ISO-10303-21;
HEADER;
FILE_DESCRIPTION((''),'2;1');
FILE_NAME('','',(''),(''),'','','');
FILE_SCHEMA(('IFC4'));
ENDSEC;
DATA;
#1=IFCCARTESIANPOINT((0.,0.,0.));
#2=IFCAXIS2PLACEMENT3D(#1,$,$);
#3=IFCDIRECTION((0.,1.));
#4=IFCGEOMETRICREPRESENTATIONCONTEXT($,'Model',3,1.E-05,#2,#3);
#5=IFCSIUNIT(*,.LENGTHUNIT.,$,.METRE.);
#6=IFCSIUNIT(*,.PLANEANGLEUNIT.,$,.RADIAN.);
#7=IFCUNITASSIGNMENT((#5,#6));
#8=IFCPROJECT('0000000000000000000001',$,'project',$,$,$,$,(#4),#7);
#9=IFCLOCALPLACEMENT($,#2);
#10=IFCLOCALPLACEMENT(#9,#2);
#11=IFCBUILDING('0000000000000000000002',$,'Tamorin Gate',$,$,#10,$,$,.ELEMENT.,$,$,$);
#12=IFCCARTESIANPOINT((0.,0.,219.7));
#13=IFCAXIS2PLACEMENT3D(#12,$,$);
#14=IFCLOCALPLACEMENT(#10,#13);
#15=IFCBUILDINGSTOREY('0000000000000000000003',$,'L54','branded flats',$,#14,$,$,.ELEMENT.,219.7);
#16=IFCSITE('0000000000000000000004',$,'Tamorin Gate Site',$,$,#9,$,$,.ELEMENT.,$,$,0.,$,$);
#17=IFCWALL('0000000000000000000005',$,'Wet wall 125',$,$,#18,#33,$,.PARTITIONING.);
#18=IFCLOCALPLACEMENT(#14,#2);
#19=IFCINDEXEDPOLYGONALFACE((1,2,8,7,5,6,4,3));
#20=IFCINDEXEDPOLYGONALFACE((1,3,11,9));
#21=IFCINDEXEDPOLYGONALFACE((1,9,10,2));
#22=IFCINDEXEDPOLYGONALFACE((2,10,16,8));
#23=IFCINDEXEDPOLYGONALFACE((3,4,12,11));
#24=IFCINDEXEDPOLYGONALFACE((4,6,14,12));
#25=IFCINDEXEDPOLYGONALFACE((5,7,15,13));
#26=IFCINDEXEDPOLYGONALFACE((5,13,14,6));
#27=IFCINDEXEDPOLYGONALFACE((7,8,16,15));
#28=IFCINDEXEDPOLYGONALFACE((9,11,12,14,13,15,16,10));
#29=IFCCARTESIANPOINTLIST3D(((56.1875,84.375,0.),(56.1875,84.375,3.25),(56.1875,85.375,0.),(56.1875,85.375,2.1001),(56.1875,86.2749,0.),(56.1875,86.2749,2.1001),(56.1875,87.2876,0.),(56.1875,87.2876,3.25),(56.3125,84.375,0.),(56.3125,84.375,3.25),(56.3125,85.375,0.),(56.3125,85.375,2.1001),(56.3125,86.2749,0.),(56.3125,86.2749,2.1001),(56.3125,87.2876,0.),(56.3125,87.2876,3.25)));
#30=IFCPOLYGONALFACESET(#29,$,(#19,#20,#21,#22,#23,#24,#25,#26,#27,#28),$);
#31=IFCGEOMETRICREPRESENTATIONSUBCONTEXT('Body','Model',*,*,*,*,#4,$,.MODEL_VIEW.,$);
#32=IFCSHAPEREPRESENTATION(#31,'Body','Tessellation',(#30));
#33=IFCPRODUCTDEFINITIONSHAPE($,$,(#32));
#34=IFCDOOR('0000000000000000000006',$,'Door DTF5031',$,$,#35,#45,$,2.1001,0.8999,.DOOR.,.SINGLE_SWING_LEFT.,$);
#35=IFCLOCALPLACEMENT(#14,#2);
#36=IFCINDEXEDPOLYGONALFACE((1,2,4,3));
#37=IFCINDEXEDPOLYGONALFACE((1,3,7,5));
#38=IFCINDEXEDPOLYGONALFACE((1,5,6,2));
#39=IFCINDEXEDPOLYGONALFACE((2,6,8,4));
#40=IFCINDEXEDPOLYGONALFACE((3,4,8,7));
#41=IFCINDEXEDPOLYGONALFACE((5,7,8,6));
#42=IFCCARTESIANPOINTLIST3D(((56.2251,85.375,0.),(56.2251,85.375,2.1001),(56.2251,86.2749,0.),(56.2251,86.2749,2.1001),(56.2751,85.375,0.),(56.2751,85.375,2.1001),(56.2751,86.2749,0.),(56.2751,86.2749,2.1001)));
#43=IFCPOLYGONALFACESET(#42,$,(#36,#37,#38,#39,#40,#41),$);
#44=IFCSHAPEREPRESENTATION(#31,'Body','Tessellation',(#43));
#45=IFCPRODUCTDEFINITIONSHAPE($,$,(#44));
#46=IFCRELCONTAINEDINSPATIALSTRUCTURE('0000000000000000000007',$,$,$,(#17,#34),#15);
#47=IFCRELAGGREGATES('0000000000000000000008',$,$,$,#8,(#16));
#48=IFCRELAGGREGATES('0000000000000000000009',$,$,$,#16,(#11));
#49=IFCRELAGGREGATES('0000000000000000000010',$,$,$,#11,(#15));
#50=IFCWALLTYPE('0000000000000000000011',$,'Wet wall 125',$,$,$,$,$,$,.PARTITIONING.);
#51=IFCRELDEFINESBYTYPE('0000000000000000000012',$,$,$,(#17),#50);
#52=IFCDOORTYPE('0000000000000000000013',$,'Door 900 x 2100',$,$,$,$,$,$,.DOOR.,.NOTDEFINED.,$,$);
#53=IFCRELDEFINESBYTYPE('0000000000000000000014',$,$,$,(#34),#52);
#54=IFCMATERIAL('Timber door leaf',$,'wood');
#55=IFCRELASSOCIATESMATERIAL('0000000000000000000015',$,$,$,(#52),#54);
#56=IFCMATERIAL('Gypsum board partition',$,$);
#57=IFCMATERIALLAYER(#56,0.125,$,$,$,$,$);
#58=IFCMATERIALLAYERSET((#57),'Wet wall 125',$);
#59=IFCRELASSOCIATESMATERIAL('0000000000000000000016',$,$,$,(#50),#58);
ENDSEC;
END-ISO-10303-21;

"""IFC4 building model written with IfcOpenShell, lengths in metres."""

from ifc_helpers import new_model, si_unit, direction, frame, frame_2d, origin, place, context, subcontext, project, spatial, rectangle, extrude, material, layer, layer_set, type_object, element, fill, save


model = new_model("IFC4")

# Units and contexts
model_context = context("Model", 3, precision=1e-05, world=origin(), true_north=direction((0.0, 1.0)))
body_context = subcontext(model_context, "Body", "Model", "MODEL_VIEW")
ifc_project = project(units=[si_unit("LENGTHUNIT", "METRE"), si_unit("PLANEANGLEUNIT", "RADIAN")], contexts=[model_context])

# Site, building, storey
site_placement = place(None, origin())
site = spatial("IfcSite", under=ifc_project, at=site_placement, Name="Tamorin Gate Site", CompositionType="ELEMENT", RefElevation=0.0)
building_placement = place(site_placement, origin())
building = spatial("IfcBuilding", under=site, at=building_placement, Name="Tamorin Gate", CompositionType="ELEMENT")
storey_placement = place(building_placement, frame((0.0, 0.0, 219.7)))
storey = spatial("IfcBuildingStorey", under=building, at=storey_placement, Name="L54", Description="branded flats", CompositionType="ELEMENT", Elevation=219.7)

# Shared definitions
ifc_material_1 = material(Name="Gypsum board partition")

# Shared definitions
ifc_material_2 = material(Name="Timber door leaf", Category="wood")
door_type_1 = type_object("IfcDoorType", Name="Door 900 x 2100", OperationType="NOTDEFINED", PredefinedType="DOOR", material=ifc_material_2)

# Shared definitions
ifc_layer_1 = layer(ifc_material_1, 0.125)
ifc_layer_set_1 = layer_set([ifc_layer_1], Name="Wet wall 125")
wall_type_1 = type_object("IfcWallType", Name="Wet wall 125", PredefinedType="PARTITIONING", material=ifc_layer_set_1)

# Wall, opening, door
wall_1_placement = place(storey_placement, frame((56.25, 84.375, 0.0), z_axis=(0.0, 0.0, 1.0), x_axis=(0.0, 1.0, 0.0)))
wall_1 = element("IfcWall", 1, at=wall_1_placement, inside=storey, type_object=wall_type_1, Name="Wet wall 125", PredefinedType="PARTITIONING", context=body_context, shape_type="SweptSolid", body=[
    extrude(rectangle(XDim=2.9126, YDim=0.125, at=frame_2d((1.4563, 0.0))), origin(), (0.0, 0.0, 1.0), 3.25),
])
opening_1_placement = place(wall_1_placement, frame((1.0, 0.0, 0.0)))
opening_1 = element("IfcOpeningElement", 2, at=opening_1_placement, cuts=wall_1, PredefinedType="OPENING", context=body_context, shape_type="SweptSolid", body=[
    extrude(rectangle(XDim=0.8999, YDim=2.1001, at=frame_2d((0.45, 1.05))), frame((0.0, 0.0725, 0.0), z_axis=(0.0, -1.0, 0.0), x_axis=(1.0, 0.0, 0.0)), (0.0, 0.0, 1.0), 0.145),
])
door_1_placement = place(opening_1_placement, origin())
door_1 = element("IfcDoor", 3, at=door_1_placement, inside=storey, type_object=door_type_1, Name="Door DTF5031", OperationType="SINGLE_SWING_LEFT", OverallHeight=2.1001, OverallWidth=0.8999, PredefinedType="DOOR", context=body_context, shape_type="SweptSolid", body=[
    extrude(rectangle(XDim=0.8999, YDim=2.1001, at=frame_2d((0.45, 1.05))), frame((0.0, 0.0249, 0.0), z_axis=(0.0, -1.0, 0.0), x_axis=(1.0, 0.0, 0.0)), (0.0, 0.0, 1.0), 0.05),
])
fill(opening_1, door_1)

save(model, "model.ifc")
